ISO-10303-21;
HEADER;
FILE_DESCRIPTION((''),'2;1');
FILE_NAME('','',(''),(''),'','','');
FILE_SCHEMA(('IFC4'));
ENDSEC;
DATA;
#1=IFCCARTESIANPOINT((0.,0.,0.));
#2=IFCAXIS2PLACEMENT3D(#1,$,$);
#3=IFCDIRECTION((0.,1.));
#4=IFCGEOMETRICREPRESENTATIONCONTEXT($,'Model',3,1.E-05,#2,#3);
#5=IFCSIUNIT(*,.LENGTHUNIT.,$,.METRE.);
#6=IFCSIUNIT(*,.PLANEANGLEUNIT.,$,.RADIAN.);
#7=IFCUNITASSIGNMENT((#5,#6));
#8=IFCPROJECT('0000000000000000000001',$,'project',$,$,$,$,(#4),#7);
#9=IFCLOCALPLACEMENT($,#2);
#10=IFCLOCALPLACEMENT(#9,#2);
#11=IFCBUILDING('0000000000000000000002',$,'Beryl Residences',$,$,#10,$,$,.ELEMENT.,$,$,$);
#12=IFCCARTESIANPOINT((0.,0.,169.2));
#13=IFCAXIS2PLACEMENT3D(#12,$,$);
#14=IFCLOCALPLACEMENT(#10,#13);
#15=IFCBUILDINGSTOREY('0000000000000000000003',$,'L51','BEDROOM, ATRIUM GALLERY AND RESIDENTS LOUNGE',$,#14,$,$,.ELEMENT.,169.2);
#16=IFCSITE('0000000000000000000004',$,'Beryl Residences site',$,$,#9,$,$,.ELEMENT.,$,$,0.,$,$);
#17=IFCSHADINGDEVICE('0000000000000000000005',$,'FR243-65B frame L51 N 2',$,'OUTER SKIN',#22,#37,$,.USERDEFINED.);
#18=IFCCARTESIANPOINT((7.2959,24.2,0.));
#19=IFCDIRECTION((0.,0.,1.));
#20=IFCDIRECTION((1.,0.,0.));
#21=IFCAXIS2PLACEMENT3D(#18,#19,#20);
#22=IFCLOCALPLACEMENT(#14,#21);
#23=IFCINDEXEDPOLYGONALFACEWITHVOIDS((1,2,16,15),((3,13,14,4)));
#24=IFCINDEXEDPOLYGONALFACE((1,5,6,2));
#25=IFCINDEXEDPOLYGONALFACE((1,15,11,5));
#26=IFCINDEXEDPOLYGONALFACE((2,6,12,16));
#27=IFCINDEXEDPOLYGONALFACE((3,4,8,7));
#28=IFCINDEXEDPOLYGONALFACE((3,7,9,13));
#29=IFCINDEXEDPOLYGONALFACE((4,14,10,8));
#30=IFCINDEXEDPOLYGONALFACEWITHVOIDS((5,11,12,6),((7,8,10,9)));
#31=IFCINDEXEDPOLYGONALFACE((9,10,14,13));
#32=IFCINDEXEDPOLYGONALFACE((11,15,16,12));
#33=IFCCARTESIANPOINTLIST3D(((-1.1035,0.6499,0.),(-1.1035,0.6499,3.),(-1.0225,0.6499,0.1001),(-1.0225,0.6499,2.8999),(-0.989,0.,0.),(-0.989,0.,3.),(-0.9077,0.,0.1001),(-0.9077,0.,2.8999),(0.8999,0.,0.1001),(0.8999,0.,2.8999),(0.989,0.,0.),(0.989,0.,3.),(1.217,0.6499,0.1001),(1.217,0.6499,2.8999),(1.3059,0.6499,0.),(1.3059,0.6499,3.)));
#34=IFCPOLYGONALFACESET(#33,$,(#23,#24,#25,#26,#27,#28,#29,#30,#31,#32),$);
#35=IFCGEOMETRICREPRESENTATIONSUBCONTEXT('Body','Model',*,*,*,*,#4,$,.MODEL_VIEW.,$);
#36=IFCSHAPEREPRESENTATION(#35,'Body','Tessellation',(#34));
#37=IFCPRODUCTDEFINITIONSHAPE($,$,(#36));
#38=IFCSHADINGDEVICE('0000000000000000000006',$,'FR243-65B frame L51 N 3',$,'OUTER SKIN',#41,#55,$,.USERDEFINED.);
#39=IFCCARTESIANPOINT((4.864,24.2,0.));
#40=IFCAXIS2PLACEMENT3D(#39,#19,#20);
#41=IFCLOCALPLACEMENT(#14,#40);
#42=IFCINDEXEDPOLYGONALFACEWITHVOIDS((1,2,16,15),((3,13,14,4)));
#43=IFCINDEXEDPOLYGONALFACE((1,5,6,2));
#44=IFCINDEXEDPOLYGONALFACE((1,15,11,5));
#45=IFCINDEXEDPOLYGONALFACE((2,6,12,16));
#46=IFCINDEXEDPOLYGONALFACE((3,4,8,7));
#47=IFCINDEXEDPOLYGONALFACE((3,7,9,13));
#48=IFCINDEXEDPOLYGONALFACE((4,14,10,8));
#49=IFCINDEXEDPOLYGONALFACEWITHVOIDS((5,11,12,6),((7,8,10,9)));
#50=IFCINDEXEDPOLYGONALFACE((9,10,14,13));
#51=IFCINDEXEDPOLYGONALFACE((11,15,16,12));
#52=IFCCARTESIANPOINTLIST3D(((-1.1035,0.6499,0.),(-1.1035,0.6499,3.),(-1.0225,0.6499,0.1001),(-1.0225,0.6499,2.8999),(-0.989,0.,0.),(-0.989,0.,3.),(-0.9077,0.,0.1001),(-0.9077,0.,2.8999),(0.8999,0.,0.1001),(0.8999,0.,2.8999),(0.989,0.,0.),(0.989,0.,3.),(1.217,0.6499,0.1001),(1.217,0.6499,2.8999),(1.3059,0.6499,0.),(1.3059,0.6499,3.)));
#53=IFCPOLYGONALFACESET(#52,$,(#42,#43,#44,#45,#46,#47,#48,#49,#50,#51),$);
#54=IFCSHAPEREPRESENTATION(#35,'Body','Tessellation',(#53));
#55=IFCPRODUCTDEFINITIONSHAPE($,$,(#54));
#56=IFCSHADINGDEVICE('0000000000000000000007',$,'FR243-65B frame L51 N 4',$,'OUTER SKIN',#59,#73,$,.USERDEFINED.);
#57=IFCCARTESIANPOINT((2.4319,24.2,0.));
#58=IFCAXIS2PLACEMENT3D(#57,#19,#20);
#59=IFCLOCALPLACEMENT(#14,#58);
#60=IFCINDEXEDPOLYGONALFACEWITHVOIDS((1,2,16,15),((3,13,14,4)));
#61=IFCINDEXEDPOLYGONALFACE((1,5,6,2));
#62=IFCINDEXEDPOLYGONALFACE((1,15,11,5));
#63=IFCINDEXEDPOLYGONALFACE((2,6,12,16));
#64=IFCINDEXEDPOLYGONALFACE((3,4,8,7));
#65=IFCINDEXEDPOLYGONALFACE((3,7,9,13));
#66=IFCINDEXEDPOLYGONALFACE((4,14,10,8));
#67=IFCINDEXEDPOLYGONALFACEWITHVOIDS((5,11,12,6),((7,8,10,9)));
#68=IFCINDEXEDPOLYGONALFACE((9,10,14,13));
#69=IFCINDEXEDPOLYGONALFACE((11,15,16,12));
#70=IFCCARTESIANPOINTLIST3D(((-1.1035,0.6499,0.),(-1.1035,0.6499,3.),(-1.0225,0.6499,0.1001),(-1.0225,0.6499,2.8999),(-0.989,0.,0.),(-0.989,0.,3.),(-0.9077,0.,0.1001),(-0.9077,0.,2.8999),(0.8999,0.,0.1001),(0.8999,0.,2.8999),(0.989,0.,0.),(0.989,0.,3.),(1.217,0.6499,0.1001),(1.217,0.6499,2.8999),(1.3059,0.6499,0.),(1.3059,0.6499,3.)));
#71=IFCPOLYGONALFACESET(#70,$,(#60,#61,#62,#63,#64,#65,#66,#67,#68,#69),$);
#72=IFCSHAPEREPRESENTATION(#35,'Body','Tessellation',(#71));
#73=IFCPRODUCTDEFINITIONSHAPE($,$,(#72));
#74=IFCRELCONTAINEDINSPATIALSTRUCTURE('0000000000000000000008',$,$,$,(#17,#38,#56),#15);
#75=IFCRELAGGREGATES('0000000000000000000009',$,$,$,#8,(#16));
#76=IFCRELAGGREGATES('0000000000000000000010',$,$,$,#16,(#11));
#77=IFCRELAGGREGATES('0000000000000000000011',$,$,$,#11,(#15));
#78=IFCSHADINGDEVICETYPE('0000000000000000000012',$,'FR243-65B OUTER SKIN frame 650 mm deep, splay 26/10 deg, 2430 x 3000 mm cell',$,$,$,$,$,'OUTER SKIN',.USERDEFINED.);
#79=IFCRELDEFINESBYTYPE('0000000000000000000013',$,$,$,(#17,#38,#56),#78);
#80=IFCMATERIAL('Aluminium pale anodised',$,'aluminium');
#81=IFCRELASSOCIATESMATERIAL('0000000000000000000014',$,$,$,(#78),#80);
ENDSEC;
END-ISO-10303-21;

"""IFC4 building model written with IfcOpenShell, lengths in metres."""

from ifc_helpers import new_model, entity, si_unit, direction, frame, origin, place, context, subcontext, project, spatial, source, transform, mapped, material, type_object, type_shapes, element, save


model = new_model("IFC4")

# Units and contexts
model_context = context("Model", 3, precision=1e-05, world=origin(), true_north=direction((0.0, 1.0)))
body_context = subcontext(model_context, "Body", "Model", "MODEL_VIEW")
ifc_project = project(units=[si_unit("LENGTHUNIT", "METRE"), si_unit("PLANEANGLEUNIT", "RADIAN")], contexts=[model_context])

# Site, building, storey
site_placement = place(None, origin())
site = spatial("IfcSite", under=ifc_project, at=site_placement, Name="Beryl Residences site", CompositionType="ELEMENT", RefElevation=0.0)
building_placement = place(site_placement, origin())
building = spatial("IfcBuilding", under=site, at=building_placement, Name="Beryl Residences", CompositionType="ELEMENT")
storey_placement = place(building_placement, frame((0.0, 0.0, 169.2)))
storey = spatial("IfcBuildingStorey", under=building, at=storey_placement, Name="L51", Description="BEDROOM, ATRIUM GALLERY AND RESIDENTS LOUNGE", CompositionType="ELEMENT", Elevation=169.2)

# Shading devices
ifc_material_1 = material(Name="Aluminium pale anodised", Category="aluminium")
shading_device_type = type_object("IfcShadingDeviceType", Name="FR243-65B OUTER SKIN frame 650 mm deep, splay 26/10 deg, 2430 x 3000 mm cell", ElementType="OUTER SKIN", PredefinedType="USERDEFINED", material=ifc_material_1)
cartesian_point_1 = entity("IfcCartesianPoint", [-0.989, 0.0])
cartesian_point_2 = entity("IfcCartesianPoint", [-0.8999, 0.1001])
cartesian_point_3 = entity("IfcCartesianPoint", [-1.3059, 0.0])
cartesian_point_4 = entity("IfcCartesianPoint", [-1.217, 0.1001])
shared_shape = source(origin(), body_context, "Body", "SweptSolid", [
    entity("IfcExtrudedAreaSolidTapered", entity("IfcArbitraryProfileDefWithVoids", "AREA", None, entity("IfcPolyline", [cartesian_point_1, entity("IfcCartesianPoint", [0.989, 0.0]), entity("IfcCartesianPoint", [0.989, 3.0]), entity("IfcCartesianPoint", [-0.989, 3.0]), cartesian_point_1]), [entity("IfcPolyline", [cartesian_point_2, entity("IfcCartesianPoint", [0.9077, 0.1001]), entity("IfcCartesianPoint", [0.9077, 2.8999]), entity("IfcCartesianPoint", [-0.8999, 2.8999]), cartesian_point_2])]), entity("IfcAxis2Placement3D", entity("IfcCartesianPoint", [0.0, 0.0, 0.0]), entity("IfcDirection", [0.0, 1.0, 0.0]), entity("IfcDirection", [-1.0, 0.0, 0.0])), entity("IfcDirection", [0.0, 0.0, 1.0]), 0.6499, entity("IfcArbitraryProfileDefWithVoids", "AREA", None, entity("IfcPolyline", [cartesian_point_3, entity("IfcCartesianPoint", [1.1035, 0.0]), entity("IfcCartesianPoint", [1.1035, 3.0]), entity("IfcCartesianPoint", [-1.3059, 3.0]), cartesian_point_3]), [entity("IfcPolyline", [cartesian_point_4, entity("IfcCartesianPoint", [1.0225, 0.1001]), entity("IfcCartesianPoint", [1.0225, 2.8999]), entity("IfcCartesianPoint", [-1.217, 2.8999]), cartesian_point_4])])),
])
type_shapes(shading_device_type, [shared_shape])
for number, where, z_axis, x_axis, name in (
    (1, (7.2959, 24.2, 0.0), (0.0, 0.0, 1.0), (1.0, 0.0, 0.0), "FR243-65B frame L51 N 2"),
    (2, (4.864, 24.2, 0.0), (0.0, 0.0, 1.0), (1.0, 0.0, 0.0), "FR243-65B frame L51 N 3"),
    (3, (2.4319, 24.2, 0.0), (0.0, 0.0, 1.0), (1.0, 0.0, 0.0), "FR243-65B frame L51 N 4"),
):
    element("IfcShadingDevice", number, at=place(storey_placement, frame(where, z_axis=z_axis, x_axis=x_axis)), inside=storey, type_object=shading_device_type, Name=name, ObjectType="OUTER SKIN", PredefinedType="USERDEFINED", context=body_context, shape_type="MappedRepresentation", body=[
        mapped(shared_shape, transform((0.0, 0.0, 0.0))),
    ])

save(model, "model.ifc")
